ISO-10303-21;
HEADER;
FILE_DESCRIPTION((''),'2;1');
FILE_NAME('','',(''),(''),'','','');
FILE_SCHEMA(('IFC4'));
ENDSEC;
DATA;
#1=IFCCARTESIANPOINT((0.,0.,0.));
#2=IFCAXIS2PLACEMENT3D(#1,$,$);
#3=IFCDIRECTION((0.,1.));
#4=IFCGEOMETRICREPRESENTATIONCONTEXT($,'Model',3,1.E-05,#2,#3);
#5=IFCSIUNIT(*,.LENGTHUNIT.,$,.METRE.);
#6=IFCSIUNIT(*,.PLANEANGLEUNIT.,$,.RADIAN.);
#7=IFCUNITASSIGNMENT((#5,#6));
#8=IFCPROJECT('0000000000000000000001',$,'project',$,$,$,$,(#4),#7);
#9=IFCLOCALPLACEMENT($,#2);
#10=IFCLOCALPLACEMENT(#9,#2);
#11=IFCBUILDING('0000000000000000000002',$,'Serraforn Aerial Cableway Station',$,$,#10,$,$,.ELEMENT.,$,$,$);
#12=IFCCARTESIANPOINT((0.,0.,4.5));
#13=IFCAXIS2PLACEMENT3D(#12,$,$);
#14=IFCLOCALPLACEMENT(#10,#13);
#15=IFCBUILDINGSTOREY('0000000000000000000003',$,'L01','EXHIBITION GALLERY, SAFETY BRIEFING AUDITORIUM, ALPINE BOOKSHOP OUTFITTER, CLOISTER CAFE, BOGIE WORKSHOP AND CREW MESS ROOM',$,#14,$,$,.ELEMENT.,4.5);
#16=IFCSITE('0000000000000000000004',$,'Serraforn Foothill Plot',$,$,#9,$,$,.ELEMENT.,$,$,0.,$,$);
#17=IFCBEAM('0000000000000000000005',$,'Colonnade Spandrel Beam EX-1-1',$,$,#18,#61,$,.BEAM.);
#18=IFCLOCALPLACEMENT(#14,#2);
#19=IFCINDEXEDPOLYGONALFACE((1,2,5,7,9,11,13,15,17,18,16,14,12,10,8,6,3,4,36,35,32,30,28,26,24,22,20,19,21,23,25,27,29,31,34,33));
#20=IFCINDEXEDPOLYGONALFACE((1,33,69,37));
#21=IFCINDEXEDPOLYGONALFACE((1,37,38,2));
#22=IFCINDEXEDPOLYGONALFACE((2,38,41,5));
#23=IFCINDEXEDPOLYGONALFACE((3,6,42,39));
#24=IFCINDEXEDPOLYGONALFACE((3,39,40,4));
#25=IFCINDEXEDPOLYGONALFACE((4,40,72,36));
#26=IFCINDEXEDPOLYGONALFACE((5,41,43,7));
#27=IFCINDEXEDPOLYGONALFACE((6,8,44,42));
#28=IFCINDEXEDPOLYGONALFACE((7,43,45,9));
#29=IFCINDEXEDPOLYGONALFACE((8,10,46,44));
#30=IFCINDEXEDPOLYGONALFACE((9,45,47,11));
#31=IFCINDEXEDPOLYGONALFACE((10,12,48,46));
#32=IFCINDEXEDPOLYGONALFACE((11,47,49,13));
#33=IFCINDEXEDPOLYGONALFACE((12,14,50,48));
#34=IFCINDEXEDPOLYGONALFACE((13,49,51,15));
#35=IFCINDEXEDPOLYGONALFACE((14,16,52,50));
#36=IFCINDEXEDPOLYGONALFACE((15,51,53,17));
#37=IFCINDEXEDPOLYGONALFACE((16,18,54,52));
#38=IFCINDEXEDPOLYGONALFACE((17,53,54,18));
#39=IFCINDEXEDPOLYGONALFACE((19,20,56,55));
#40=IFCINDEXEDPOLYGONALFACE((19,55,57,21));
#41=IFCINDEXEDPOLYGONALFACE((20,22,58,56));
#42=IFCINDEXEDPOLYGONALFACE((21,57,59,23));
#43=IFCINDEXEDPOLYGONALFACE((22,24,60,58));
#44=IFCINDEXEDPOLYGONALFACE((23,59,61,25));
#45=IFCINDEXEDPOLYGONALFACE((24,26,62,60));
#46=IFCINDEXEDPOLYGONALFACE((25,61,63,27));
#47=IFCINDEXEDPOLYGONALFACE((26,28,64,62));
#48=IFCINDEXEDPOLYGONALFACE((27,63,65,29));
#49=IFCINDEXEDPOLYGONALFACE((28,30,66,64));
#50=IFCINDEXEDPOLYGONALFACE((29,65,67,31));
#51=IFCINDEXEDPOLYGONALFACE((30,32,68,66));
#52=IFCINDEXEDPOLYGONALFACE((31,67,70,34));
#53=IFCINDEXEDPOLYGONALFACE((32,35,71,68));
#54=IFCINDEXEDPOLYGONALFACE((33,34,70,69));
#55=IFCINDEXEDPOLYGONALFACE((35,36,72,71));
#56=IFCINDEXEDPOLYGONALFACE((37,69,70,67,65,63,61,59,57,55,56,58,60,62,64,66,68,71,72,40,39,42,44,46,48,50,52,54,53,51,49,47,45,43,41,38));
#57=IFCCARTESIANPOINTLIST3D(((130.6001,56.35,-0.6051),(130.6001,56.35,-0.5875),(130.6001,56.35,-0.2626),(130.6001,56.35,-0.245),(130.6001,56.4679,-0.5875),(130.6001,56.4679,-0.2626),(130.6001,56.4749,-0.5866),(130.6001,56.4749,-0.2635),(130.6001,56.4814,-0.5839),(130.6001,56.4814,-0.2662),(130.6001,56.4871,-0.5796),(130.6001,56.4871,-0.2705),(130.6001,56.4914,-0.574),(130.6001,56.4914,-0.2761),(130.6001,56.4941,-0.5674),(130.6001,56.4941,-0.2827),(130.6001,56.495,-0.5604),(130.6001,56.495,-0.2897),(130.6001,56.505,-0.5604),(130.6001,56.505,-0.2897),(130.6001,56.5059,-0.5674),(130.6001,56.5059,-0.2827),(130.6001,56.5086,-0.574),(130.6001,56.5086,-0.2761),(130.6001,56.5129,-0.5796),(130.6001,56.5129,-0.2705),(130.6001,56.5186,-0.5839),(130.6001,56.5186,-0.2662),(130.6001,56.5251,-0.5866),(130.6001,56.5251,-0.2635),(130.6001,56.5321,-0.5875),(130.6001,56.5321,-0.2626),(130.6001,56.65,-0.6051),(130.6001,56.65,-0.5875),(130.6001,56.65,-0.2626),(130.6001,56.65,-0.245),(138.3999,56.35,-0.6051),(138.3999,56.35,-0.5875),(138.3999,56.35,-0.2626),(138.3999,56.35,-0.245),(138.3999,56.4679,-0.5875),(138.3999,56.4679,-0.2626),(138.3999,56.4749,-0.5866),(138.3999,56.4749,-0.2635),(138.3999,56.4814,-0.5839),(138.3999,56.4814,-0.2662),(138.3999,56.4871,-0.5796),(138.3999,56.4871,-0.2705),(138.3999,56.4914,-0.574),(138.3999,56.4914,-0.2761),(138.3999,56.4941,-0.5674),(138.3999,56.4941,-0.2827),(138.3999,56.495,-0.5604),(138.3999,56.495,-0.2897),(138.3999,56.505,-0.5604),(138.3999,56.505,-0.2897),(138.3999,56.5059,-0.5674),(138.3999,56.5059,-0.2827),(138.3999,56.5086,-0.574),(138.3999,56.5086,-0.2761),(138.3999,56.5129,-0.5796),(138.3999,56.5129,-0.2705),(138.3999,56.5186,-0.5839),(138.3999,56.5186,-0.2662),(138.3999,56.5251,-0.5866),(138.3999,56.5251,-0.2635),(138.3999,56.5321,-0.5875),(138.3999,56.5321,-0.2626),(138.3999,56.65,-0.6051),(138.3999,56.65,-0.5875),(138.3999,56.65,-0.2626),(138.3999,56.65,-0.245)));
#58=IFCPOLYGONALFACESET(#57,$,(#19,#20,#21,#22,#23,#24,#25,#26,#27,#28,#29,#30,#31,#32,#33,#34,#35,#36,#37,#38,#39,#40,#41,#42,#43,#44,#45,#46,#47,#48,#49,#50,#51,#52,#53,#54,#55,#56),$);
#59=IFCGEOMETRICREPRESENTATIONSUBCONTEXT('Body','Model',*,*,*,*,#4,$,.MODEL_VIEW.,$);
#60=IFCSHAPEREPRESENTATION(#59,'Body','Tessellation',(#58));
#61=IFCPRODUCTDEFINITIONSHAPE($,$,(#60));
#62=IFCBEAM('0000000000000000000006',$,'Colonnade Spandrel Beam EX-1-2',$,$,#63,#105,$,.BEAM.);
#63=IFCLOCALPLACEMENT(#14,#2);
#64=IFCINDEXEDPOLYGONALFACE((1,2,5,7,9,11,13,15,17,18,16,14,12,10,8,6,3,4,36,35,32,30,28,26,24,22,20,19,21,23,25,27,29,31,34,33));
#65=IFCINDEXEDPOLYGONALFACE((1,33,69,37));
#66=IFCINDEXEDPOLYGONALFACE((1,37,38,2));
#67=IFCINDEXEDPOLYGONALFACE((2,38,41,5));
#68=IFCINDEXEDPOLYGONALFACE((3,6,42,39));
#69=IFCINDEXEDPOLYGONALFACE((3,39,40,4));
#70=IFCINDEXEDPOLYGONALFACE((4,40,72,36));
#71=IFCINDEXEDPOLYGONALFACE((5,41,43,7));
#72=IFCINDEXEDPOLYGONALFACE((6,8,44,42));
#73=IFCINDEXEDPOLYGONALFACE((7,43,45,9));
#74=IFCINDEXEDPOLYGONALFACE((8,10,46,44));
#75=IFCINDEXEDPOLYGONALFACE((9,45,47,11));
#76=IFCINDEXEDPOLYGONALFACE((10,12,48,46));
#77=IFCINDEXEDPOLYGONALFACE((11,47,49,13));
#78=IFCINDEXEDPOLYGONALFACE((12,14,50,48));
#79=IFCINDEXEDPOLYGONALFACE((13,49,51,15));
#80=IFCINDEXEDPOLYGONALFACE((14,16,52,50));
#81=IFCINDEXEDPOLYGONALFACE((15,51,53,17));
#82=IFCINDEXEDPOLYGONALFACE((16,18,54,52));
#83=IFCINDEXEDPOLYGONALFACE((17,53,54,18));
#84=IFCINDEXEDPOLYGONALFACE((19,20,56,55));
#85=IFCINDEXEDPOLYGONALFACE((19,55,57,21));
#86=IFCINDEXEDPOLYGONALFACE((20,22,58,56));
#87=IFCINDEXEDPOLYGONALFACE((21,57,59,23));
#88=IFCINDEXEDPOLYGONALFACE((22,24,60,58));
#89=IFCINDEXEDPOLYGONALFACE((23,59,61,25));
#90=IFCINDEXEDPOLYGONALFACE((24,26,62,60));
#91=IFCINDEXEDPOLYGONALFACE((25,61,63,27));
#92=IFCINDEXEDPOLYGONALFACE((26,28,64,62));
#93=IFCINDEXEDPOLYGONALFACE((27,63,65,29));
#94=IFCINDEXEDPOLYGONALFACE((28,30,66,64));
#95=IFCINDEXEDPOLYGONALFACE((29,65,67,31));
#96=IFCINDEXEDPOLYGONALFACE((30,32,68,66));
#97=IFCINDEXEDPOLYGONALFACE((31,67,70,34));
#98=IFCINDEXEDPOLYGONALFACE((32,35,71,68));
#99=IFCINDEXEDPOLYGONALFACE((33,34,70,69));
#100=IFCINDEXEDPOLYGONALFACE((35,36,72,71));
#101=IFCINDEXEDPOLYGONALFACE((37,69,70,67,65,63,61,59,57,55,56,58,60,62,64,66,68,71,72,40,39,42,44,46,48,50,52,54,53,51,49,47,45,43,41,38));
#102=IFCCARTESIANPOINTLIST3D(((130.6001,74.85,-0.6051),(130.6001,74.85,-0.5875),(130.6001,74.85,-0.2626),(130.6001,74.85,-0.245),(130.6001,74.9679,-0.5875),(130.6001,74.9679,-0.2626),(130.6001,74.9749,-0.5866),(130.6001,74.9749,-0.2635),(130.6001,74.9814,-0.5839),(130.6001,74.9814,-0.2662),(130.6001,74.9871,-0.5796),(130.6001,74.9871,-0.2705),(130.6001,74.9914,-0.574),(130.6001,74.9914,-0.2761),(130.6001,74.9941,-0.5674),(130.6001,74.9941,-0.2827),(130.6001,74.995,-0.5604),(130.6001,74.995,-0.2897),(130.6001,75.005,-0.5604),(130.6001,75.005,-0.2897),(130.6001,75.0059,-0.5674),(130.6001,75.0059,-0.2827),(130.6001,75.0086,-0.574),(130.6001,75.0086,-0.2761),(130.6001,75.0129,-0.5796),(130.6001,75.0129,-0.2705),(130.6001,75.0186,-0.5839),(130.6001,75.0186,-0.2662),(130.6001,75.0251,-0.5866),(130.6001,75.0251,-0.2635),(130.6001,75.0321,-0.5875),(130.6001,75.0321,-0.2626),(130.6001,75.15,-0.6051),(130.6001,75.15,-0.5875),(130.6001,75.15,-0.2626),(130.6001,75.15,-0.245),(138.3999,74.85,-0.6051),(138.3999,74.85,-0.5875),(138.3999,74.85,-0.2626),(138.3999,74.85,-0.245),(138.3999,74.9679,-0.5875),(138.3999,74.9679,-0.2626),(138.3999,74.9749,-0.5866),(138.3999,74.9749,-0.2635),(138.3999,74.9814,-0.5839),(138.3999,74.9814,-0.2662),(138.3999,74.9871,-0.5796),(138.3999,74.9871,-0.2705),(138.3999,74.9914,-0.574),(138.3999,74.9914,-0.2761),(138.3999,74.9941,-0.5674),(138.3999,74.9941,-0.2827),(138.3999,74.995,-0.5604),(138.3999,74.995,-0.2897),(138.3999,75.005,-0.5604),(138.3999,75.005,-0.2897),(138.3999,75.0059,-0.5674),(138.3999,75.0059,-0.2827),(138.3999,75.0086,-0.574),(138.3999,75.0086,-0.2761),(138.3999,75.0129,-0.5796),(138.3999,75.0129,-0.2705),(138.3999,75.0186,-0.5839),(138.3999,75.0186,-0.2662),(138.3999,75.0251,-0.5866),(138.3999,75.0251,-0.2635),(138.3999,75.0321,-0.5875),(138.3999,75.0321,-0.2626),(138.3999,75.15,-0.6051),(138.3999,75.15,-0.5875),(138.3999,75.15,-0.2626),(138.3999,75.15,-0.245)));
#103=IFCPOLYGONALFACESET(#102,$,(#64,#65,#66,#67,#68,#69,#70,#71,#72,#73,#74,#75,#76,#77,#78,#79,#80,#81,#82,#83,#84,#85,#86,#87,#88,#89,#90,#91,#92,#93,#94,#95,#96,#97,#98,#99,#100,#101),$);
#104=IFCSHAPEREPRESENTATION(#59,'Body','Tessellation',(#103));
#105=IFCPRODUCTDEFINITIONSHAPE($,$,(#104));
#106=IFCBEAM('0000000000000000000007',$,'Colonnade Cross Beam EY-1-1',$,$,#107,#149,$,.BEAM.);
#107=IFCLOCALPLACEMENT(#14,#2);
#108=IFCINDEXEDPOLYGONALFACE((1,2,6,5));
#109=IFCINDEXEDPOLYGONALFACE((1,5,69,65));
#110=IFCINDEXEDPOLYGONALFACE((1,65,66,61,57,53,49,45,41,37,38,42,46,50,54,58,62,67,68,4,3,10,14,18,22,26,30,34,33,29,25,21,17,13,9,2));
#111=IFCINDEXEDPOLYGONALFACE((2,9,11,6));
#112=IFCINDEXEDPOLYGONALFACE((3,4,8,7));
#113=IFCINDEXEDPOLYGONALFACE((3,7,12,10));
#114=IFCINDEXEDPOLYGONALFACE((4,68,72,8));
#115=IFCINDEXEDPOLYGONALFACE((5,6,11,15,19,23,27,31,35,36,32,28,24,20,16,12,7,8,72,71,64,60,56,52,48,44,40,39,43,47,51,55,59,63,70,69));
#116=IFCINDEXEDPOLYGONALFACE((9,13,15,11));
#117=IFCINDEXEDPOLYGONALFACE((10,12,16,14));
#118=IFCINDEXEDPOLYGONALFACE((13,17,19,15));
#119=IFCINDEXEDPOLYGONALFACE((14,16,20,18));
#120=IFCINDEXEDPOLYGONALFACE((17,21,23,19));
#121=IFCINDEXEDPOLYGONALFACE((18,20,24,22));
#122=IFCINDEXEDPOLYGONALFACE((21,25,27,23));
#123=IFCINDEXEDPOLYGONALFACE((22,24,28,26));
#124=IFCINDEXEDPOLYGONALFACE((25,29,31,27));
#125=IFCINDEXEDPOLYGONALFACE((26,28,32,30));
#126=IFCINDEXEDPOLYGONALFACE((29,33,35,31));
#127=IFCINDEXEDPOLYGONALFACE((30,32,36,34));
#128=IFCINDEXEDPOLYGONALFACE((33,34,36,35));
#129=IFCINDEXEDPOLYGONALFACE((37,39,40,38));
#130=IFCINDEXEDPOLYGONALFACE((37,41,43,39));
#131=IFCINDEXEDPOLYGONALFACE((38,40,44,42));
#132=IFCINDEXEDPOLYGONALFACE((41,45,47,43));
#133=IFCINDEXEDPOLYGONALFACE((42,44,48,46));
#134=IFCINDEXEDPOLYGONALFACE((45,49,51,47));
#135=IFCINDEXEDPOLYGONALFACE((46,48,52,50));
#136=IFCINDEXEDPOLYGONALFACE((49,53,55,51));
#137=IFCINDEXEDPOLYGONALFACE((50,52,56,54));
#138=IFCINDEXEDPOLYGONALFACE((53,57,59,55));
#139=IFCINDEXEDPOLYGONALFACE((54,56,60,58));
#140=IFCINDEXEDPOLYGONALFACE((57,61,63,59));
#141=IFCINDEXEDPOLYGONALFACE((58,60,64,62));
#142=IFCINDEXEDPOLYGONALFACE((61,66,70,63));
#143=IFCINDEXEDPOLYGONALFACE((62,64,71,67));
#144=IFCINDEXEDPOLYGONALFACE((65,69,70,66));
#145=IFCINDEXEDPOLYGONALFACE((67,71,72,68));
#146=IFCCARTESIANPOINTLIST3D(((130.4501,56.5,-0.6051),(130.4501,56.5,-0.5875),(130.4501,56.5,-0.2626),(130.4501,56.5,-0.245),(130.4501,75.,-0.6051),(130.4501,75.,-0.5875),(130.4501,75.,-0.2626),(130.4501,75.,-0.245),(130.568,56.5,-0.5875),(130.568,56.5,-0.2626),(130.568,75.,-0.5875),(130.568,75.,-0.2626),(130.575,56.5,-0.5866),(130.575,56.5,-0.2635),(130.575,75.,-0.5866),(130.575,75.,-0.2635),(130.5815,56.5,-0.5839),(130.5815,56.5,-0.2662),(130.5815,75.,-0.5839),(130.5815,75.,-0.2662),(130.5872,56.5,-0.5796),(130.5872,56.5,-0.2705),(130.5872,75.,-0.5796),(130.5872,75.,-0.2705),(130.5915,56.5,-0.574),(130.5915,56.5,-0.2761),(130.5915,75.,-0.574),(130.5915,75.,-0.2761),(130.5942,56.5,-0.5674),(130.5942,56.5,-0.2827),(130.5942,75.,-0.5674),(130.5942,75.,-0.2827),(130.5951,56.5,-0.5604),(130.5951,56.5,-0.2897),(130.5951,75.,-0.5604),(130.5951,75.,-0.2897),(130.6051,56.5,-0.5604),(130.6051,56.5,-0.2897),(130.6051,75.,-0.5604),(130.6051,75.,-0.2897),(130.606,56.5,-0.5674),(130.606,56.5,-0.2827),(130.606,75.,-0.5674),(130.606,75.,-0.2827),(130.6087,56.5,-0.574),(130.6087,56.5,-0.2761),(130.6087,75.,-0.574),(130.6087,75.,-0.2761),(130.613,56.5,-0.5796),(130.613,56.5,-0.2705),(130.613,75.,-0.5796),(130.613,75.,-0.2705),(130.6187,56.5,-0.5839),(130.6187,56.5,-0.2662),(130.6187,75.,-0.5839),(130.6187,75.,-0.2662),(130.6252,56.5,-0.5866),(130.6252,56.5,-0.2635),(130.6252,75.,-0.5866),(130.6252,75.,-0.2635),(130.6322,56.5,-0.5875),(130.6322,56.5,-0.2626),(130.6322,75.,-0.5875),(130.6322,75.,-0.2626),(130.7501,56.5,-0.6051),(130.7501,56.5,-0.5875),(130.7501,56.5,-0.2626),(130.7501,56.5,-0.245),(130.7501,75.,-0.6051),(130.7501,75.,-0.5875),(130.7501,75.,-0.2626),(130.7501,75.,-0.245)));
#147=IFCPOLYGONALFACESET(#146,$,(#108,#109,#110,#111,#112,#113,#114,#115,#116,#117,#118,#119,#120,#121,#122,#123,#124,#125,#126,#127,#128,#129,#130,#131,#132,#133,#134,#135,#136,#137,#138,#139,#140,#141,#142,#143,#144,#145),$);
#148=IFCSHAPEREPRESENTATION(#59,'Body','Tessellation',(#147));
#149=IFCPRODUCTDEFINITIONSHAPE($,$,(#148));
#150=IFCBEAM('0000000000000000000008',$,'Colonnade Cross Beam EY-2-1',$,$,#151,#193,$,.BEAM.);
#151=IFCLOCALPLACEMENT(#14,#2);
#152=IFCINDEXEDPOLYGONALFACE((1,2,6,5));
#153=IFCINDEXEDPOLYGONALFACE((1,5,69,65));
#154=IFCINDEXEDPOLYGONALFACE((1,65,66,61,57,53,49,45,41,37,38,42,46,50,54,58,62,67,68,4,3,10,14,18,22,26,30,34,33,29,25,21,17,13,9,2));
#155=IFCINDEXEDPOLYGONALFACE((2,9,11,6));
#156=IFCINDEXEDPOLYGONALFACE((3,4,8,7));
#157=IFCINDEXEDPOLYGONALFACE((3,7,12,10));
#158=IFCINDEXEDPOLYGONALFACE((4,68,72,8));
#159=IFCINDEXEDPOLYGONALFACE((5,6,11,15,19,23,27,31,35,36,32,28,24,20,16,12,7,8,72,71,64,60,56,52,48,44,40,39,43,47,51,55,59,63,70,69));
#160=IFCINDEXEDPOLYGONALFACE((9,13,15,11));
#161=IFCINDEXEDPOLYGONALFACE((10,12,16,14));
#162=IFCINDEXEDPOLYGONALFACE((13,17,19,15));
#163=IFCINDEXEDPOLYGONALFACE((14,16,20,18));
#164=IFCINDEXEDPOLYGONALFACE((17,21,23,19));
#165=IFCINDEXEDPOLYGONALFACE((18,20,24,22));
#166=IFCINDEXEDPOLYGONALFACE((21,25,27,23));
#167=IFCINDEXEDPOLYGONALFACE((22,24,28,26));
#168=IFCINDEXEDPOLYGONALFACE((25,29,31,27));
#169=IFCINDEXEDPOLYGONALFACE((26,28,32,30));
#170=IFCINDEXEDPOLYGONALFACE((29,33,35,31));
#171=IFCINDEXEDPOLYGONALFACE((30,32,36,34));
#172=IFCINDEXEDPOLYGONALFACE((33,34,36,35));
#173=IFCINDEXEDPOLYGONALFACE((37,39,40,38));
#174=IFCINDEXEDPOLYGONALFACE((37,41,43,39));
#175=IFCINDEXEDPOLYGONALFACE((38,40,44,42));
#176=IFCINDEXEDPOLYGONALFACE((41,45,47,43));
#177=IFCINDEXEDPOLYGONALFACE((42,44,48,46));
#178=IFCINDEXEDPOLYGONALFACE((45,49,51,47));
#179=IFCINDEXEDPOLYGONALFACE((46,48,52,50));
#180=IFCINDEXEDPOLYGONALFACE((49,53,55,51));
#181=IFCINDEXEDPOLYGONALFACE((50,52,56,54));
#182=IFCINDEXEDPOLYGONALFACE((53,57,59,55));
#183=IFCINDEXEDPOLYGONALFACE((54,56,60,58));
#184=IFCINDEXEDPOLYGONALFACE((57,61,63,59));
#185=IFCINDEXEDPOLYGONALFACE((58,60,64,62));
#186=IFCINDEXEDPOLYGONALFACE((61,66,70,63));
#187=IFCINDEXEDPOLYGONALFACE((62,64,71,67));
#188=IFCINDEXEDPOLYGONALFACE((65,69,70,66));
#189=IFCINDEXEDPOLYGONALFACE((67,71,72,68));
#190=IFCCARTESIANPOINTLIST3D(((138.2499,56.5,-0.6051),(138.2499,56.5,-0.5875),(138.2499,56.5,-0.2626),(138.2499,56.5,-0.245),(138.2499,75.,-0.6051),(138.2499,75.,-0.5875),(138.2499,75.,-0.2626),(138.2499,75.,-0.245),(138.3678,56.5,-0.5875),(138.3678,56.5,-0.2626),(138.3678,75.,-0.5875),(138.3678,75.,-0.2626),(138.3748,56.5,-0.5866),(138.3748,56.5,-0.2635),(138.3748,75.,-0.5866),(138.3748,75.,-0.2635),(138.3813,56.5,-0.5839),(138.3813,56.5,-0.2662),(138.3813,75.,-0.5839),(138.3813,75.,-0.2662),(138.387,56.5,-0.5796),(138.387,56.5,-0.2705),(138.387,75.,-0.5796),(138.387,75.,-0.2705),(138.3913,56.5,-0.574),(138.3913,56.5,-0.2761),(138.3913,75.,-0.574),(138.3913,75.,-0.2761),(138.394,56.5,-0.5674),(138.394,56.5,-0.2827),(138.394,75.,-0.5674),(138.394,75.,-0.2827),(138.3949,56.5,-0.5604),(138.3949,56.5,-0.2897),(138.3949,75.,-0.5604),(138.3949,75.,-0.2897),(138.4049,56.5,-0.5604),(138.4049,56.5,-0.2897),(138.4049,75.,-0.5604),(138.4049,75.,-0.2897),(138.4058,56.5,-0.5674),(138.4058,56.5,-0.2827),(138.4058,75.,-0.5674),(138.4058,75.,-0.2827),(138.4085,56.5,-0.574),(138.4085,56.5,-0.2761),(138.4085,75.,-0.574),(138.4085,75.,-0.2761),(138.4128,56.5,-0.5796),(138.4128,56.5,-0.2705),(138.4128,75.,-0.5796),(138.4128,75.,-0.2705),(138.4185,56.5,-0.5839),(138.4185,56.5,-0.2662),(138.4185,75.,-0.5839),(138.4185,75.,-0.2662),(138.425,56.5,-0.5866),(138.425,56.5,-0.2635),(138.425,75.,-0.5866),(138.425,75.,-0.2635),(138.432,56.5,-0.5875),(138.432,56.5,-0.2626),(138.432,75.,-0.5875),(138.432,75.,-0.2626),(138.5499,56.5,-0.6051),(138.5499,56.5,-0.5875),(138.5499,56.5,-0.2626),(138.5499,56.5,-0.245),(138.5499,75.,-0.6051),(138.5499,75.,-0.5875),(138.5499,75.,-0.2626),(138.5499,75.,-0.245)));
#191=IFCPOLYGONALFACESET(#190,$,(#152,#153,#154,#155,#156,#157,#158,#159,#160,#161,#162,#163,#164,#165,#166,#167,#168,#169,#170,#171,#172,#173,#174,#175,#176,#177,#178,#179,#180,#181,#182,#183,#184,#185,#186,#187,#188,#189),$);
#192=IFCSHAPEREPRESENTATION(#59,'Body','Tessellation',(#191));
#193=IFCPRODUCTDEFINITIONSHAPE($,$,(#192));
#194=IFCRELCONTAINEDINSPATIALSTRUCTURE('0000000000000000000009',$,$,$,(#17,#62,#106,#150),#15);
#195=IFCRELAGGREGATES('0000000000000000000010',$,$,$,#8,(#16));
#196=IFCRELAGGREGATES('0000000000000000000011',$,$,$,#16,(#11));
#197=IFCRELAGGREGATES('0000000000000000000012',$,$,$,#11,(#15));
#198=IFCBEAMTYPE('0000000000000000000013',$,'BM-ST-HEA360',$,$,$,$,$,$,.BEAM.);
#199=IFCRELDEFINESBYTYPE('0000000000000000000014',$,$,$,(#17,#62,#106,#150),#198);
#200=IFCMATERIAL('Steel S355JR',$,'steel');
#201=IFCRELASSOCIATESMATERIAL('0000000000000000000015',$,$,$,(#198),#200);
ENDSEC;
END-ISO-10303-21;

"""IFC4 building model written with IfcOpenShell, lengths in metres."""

from ifc_helpers import new_model, si_unit, direction, frame, origin, origin_2d, place, context, subcontext, project, spatial, i_section, extrude, material, material_profile, profile_set, type_object, element, save


model = new_model("IFC4")

# Units and contexts
model_context = context("Model", 3, precision=1e-05, world=origin(), true_north=direction((0.0, 1.0)))
body_context = subcontext(model_context, "Body", "Model", "MODEL_VIEW")
ifc_project = project(units=[si_unit("LENGTHUNIT", "METRE"), si_unit("PLANEANGLEUNIT", "RADIAN")], contexts=[model_context])

# Site, building, storey
site_placement = place(None, origin())
site = spatial("IfcSite", under=ifc_project, at=site_placement, Name="Serraforn Foothill Plot", CompositionType="ELEMENT", RefElevation=0.0)
building_placement = place(site_placement, origin())
building = spatial("IfcBuilding", under=site, at=building_placement, Name="Serraforn Aerial Cableway Station", CompositionType="ELEMENT")
storey_placement = place(building_placement, frame((0.0, 0.0, 4.5)))
storey = spatial("IfcBuildingStorey", under=building, at=storey_placement, Name="L01", Description="EXHIBITION GALLERY, SAFETY BRIEFING AUDITORIUM, ALPINE BOOKSHOP OUTFITTER, CLOISTER CAFE, BOGIE WORKSHOP AND CREW MESS ROOM", CompositionType="ELEMENT", Elevation=4.5)

# Beams
ifc_material_1 = material(Name="Steel S355JR", Category="steel")
ifc_material_profile_1 = material_profile(ifc_material_1, i_section(OverallWidth=0.3, OverallDepth=0.3601, WebThickness=0.01, FlangeThickness=0.0176, FilletRadius=0.0271, at=origin_2d()), Name="HEA 360")
ifc_profile_set_1 = profile_set([ifc_material_profile_1], Name="Steel S355JR")
beam_type = type_object("IfcBeamType", Name="BM-ST-HEA360", PredefinedType="BEAM", material=ifc_profile_set_1)
for number, where, z_axis, x_axis, name in (
    (1, (130.6001, 56.5, -0.425), (1.0, 0.0, 0.0), (0.0, 1.0, 0.0), "Colonnade Spandrel Beam EX-1-1"),
    (2, (130.6001, 75.0, -0.425), (1.0, 0.0, 0.0), (0.0, 1.0, 0.0), "Colonnade Spandrel Beam EX-1-2"),
):
    element("IfcBeam", number, at=place(storey_placement, frame(where, z_axis=z_axis, x_axis=x_axis)), inside=storey, type_object=beam_type, Name=name, PredefinedType="BEAM", context=body_context, shape_type="SweptSolid", body=[
        extrude(i_section(OverallWidth=0.3, OverallDepth=0.3601, WebThickness=0.01, FlangeThickness=0.0176, FilletRadius=0.0271, at=origin_2d()), origin(), (0.0, 0.0, 1.0), 7.7998),
    ])
for number, where, z_axis, x_axis, name in (
    (3, (130.6001, 56.5, -0.425), (0.0, 1.0, 0.0), (-1.0, 0.0, 0.0), "Colonnade Cross Beam EY-1-1"),
    (4, (138.3999, 56.5, -0.425), (0.0, 1.0, 0.0), (-1.0, 0.0, 0.0), "Colonnade Cross Beam EY-2-1"),
):
    element("IfcBeam", number, at=place(storey_placement, frame(where, z_axis=z_axis, x_axis=x_axis)), inside=storey, type_object=beam_type, Name=name, PredefinedType="BEAM", context=body_context, shape_type="SweptSolid", body=[
        extrude(i_section(OverallWidth=0.3, OverallDepth=0.3601, WebThickness=0.01, FlangeThickness=0.0176, FilletRadius=0.0271, at=origin_2d()), origin(), (0.0, 0.0, 1.0), 18.5),
    ])

save(model, "model.ifc")
